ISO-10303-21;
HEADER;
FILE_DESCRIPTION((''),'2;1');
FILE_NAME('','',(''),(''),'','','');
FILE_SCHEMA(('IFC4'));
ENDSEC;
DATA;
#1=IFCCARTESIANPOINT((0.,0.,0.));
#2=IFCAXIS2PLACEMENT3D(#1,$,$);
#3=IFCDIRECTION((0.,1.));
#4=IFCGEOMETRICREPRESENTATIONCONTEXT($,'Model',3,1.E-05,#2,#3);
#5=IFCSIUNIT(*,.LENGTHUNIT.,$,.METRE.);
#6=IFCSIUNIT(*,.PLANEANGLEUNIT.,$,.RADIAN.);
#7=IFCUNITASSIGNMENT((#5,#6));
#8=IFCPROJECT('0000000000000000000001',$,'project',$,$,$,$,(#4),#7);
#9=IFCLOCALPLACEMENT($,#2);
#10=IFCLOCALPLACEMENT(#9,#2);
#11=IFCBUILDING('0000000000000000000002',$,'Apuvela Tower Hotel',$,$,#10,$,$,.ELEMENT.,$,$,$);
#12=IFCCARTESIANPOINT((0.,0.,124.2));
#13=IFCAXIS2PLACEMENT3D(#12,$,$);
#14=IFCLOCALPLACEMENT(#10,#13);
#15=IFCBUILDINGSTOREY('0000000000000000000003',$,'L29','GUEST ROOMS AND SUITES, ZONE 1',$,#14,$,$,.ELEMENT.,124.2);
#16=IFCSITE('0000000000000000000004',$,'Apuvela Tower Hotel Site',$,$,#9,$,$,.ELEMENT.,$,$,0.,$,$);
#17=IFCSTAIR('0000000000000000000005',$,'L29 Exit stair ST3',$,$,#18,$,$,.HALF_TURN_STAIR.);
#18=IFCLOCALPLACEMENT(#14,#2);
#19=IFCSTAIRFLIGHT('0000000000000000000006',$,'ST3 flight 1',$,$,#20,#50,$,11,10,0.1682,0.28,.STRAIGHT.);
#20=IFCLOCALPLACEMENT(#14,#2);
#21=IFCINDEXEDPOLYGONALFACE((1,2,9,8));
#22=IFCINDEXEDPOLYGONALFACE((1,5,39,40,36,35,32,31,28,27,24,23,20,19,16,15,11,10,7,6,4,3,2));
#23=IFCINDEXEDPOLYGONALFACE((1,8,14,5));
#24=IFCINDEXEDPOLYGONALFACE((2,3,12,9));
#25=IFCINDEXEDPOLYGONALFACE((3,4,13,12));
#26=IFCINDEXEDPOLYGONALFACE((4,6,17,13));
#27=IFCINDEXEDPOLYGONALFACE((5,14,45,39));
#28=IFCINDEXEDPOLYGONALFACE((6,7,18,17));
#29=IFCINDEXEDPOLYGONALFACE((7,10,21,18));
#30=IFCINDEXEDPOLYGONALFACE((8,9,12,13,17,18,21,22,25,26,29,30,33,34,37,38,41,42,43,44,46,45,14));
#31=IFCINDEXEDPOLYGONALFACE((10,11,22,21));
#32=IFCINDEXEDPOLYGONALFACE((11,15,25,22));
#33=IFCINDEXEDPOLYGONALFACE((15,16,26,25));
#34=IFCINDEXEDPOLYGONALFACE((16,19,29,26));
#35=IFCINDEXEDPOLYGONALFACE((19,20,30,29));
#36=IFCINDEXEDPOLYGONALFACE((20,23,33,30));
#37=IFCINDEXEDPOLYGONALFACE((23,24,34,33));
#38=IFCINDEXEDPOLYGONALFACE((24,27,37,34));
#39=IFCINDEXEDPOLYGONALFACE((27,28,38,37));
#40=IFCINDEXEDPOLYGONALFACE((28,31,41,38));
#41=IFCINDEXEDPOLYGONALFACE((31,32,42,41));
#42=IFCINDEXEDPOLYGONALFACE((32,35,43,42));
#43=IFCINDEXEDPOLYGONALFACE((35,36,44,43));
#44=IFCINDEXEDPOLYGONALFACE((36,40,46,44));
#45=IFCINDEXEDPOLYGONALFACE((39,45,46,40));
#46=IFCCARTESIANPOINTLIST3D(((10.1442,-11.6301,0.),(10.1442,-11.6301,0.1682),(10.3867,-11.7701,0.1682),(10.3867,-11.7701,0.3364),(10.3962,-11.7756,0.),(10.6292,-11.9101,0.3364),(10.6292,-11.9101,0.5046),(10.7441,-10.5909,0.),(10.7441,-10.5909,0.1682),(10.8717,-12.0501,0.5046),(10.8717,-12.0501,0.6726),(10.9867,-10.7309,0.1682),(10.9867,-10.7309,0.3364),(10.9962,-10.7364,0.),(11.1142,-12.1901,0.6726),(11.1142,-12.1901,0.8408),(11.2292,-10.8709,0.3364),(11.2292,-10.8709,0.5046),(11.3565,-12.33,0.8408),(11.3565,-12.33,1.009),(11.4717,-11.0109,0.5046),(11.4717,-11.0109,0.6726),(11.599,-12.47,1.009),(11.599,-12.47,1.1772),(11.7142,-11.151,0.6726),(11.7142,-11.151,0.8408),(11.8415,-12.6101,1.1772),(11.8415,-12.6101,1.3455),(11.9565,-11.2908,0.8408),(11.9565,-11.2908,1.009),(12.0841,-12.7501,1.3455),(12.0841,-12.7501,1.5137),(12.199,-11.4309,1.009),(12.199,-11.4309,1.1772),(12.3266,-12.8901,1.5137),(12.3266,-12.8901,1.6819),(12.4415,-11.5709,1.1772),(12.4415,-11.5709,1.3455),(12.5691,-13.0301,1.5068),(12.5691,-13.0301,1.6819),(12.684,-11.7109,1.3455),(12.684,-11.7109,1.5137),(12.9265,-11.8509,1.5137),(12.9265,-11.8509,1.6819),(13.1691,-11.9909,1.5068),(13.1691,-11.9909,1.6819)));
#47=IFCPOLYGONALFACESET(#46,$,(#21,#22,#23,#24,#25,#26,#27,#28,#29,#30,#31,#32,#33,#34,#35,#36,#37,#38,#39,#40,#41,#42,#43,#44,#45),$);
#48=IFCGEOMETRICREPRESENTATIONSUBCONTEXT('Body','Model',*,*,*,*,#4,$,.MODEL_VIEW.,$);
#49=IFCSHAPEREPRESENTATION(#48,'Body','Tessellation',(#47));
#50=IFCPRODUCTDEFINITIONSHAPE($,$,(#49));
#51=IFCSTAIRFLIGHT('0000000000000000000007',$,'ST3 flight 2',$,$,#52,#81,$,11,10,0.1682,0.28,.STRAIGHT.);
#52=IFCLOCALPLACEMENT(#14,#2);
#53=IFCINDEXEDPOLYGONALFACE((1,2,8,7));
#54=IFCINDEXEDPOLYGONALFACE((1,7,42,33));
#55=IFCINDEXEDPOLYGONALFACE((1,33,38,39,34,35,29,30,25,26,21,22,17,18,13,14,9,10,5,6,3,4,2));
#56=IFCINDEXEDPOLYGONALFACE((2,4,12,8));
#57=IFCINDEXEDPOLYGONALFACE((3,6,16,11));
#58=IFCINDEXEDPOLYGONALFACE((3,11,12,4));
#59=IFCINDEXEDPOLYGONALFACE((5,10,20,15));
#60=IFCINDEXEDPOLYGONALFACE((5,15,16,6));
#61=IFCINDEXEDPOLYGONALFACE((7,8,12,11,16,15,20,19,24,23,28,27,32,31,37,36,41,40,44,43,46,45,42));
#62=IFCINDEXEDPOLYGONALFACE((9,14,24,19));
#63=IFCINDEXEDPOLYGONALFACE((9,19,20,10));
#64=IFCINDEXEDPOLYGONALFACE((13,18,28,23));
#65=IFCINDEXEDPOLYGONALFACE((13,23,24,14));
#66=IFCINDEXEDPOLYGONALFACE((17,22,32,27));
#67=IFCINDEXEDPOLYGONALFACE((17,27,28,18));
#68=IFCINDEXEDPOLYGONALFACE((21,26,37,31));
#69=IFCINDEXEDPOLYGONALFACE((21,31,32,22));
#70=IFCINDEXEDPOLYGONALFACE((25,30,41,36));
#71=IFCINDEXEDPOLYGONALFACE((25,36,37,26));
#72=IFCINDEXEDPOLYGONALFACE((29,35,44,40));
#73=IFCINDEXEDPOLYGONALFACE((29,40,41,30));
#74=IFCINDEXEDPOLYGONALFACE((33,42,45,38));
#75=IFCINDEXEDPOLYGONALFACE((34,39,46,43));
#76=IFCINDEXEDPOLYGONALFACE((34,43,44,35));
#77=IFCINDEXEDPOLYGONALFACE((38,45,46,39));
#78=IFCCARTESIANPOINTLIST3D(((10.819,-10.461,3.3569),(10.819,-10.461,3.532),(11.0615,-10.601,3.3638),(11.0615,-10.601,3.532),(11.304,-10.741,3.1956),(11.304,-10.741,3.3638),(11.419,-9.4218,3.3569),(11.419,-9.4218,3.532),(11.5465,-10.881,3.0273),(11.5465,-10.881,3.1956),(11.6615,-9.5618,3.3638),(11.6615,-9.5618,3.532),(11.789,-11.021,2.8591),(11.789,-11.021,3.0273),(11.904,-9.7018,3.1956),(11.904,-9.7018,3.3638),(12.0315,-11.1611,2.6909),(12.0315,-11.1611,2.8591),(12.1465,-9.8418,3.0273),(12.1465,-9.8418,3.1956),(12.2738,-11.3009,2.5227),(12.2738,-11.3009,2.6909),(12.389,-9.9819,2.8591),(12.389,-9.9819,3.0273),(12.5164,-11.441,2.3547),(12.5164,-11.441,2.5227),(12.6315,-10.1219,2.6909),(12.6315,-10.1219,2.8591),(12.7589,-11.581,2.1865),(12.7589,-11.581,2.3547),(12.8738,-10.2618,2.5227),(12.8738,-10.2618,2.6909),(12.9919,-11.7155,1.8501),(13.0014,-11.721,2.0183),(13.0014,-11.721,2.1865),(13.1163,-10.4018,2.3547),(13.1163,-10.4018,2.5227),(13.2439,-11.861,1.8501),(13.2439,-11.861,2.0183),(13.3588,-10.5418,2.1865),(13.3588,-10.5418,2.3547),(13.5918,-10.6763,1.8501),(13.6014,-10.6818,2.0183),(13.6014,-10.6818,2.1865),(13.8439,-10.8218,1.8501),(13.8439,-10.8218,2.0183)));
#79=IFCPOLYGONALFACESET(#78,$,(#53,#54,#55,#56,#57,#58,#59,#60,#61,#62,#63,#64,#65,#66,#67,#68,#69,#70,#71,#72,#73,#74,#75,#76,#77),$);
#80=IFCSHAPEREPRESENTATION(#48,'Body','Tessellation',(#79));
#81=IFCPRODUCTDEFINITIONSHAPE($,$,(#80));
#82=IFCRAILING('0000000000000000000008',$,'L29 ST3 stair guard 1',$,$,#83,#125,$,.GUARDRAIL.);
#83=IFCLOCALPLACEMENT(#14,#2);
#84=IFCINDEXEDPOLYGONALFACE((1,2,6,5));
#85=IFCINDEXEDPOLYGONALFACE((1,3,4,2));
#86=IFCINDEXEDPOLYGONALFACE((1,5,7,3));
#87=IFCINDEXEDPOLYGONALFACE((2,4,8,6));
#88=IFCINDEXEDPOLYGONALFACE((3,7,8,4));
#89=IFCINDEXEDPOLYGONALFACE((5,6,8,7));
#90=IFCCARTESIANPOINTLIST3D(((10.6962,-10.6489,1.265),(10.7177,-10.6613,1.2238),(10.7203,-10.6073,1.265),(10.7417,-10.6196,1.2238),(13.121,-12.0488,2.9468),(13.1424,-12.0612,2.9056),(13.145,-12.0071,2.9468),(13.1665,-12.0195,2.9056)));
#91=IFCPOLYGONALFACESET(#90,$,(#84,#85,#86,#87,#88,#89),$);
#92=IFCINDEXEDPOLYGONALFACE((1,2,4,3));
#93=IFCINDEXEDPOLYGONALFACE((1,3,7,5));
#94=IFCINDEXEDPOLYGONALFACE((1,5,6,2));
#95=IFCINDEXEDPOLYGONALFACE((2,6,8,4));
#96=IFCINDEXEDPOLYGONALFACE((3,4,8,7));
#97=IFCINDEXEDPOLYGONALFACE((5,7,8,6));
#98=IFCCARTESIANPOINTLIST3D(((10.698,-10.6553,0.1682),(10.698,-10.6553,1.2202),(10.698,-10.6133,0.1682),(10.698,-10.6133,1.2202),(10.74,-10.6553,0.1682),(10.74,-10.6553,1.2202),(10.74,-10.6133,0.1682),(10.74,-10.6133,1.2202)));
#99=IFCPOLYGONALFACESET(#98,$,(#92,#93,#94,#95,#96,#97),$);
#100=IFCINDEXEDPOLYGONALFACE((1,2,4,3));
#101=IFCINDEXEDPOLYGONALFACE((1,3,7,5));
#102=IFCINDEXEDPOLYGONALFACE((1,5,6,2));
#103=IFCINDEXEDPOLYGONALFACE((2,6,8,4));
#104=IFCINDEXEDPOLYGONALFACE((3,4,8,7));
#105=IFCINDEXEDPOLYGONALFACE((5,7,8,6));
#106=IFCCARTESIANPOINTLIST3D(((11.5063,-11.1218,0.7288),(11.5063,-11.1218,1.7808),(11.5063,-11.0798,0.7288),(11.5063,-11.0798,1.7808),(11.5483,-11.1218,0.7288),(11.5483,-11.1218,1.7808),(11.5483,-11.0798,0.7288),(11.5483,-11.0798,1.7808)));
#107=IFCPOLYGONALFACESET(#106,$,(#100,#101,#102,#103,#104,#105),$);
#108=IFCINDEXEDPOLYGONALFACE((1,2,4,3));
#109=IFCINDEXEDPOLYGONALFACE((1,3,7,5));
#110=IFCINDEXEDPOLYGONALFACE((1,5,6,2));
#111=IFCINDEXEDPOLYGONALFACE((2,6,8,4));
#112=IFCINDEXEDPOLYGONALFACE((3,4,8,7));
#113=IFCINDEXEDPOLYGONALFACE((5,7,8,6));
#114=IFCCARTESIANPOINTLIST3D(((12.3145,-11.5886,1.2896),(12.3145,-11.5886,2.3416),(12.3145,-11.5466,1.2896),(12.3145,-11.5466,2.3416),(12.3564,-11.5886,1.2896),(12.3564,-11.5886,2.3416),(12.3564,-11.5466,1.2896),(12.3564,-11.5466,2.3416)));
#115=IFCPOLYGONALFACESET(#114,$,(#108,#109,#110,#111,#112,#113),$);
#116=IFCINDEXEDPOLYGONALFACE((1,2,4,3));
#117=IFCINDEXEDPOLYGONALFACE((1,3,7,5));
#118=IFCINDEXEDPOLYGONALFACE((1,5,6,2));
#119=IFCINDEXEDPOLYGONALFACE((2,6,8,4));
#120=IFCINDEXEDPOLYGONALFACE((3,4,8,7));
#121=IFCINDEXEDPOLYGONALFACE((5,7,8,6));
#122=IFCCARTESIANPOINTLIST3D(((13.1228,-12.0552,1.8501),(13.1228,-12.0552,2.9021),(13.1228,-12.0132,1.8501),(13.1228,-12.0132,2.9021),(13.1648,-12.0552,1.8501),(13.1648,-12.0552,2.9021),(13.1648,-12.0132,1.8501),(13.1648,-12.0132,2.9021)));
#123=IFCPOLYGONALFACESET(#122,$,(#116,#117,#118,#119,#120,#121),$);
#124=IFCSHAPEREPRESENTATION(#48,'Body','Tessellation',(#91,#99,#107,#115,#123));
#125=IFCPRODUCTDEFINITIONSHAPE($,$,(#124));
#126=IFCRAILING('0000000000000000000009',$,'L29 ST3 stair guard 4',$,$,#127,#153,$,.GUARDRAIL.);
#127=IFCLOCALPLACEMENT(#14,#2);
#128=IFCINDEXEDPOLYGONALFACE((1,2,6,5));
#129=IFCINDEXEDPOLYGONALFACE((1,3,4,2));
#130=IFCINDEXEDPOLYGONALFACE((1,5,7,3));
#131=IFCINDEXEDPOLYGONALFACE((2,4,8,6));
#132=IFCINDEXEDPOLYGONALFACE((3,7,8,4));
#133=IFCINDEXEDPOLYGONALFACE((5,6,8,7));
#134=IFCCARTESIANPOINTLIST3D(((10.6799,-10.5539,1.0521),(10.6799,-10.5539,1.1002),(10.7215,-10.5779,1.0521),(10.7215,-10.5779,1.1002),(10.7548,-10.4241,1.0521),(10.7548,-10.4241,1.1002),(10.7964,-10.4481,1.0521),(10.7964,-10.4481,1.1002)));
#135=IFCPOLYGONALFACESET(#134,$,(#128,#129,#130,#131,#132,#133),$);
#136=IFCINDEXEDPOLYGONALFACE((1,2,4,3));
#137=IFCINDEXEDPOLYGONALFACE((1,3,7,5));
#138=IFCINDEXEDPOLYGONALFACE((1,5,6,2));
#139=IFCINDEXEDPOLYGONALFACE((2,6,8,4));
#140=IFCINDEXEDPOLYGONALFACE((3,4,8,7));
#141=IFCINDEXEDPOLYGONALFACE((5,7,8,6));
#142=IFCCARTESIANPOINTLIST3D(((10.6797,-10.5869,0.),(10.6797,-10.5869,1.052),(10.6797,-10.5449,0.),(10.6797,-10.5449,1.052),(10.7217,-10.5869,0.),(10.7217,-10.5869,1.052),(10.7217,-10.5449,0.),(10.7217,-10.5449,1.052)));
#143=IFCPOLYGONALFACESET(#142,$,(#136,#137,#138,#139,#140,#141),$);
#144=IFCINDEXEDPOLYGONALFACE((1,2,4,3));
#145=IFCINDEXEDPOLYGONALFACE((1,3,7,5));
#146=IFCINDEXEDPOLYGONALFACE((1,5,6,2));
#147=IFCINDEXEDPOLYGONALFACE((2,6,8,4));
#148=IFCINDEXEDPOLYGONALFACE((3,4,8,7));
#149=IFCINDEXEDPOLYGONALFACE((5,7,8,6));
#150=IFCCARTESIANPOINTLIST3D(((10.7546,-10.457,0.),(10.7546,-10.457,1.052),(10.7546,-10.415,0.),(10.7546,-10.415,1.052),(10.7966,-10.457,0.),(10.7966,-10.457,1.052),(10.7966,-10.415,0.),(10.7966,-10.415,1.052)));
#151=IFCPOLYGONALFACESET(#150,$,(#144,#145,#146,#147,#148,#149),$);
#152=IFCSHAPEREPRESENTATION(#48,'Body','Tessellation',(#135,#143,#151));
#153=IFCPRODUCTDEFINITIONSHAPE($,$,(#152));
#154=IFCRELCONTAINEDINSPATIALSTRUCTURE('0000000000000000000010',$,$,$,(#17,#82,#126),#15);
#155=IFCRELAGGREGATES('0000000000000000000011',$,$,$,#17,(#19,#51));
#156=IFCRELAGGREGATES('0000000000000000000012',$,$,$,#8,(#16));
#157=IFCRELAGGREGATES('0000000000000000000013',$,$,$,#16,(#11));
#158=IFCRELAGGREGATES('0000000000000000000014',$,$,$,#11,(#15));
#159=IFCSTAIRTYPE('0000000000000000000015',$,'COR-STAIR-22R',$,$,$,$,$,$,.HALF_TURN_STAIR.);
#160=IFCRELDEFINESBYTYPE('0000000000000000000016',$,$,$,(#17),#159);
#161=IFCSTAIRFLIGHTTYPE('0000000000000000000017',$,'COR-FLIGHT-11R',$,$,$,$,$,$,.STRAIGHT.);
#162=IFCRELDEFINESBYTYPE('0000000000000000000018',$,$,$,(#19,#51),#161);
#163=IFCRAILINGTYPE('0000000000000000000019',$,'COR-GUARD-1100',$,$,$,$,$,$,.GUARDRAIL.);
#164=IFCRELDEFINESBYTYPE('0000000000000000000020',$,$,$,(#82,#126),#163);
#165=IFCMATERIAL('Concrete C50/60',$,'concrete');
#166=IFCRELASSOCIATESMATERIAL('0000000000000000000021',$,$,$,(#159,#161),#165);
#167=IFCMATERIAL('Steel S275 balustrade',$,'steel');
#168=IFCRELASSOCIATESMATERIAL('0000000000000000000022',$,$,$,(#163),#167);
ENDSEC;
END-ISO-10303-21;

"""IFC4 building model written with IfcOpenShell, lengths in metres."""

from ifc_helpers import new_model, si_unit, direction, frame, origin, origin_2d, place, context, subcontext, project, spatial, polyline, rectangle, outline, extrude, material, type_object, element, aggregate, save


model = new_model("IFC4")

# Units and contexts
model_context = context("Model", 3, precision=1e-05, world=origin(), true_north=direction((0.0, 1.0)))
body_context = subcontext(model_context, "Body", "Model", "MODEL_VIEW")
ifc_project = project(units=[si_unit("LENGTHUNIT", "METRE"), si_unit("PLANEANGLEUNIT", "RADIAN")], contexts=[model_context])

# Site, building, storey
site_placement = place(None, origin())
site = spatial("IfcSite", under=ifc_project, at=site_placement, Name="Apuvela Tower Hotel Site", CompositionType="ELEMENT", RefElevation=0.0)
building_placement = place(site_placement, origin())
building = spatial("IfcBuilding", under=site, at=building_placement, Name="Apuvela Tower Hotel", CompositionType="ELEMENT")
storey_placement = place(building_placement, frame((0.0, 0.0, 124.2)))
storey = spatial("IfcBuildingStorey", under=building, at=storey_placement, Name="L29", Description="GUEST ROOMS AND SUITES, ZONE 1", CompositionType="ELEMENT", Elevation=124.2)

# Shared definitions
ifc_material_1 = material(Name="Concrete C50/60", Category="concrete")

# Stair, stair flights
stair_type = type_object("IfcStairType", Name="COR-STAIR-22R", PredefinedType="HALF_TURN_STAIR", material=ifc_material_1)
stair_placement = place(storey_placement, origin())
stair = element("IfcStair", 1, at=stair_placement, inside=storey, type_object=stair_type, Name="L29 Exit stair ST3", PredefinedType="HALF_TURN_STAIR")
stair_flight_type = type_object("IfcStairFlightType", Name="COR-FLIGHT-11R", PredefinedType="STRAIGHT", material=ifc_material_1)
stair_flight_1_placement = place(storey_placement, frame((10.4441, -11.1106, 0.0), z_axis=(0.0, 0.0, 1.0), x_axis=(0.866025, -0.5, 0.0)))
stair_flight_1 = element("IfcStairFlight", 2, at=stair_flight_1_placement, type_object=stair_flight_type, Name="ST3 flight 1", NumberOfRisers=11, NumberOfTreads=10, PredefinedType="STRAIGHT", RiserHeight=0.1682, TreadLength=0.28, context=body_context, shape_type="SweptSolid", body=[
    extrude(outline(polyline([(0.0, 0.0), (0.0, 0.1682), (0.28, 0.1682), (0.28, 0.3364), (0.5601, 0.3364), (0.5601, 0.5046), (0.8401, 0.5046), (0.8401, 0.6726), (1.1201, 0.6726), (1.1201, 0.8408), (1.3999, 0.8408), (1.3999, 1.009), (1.6799, 1.009), (1.6799, 1.1772), (1.96, 1.1772), (1.96, 1.3455), (2.24, 1.3455), (2.24, 1.5137), (2.52, 1.5137), (2.52, 1.6819), (2.8, 1.6819), (2.8, 1.8501), (2.8, 1.5068), (0.291, 0.0), (0.0, 0.0)])), frame((0.0, 0.6001, 0.0), z_axis=(0.0, -1.0, 0.0), x_axis=(1.0, 0.0, 0.0)), (0.0, 0.0, 1.0), 1.2),
])
stair_flight_2_placement = place(storey_placement, frame((13.5439, -11.3413, 1.8501), z_axis=(0.0, 0.0, 1.0), x_axis=(-0.866025, 0.5, 0.0)))
stair_flight_2 = element("IfcStairFlight", 3, at=stair_flight_2_placement, type_object=stair_flight_type, Name="ST3 flight 2", NumberOfRisers=11, NumberOfTreads=10, PredefinedType="STRAIGHT", RiserHeight=0.1682, TreadLength=0.28, context=body_context, shape_type="SweptSolid", body=[
    extrude(outline(polyline([(0.0, 0.0), (0.0, 0.1682), (0.28, 0.1682), (0.28, 0.3364), (0.5601, 0.3364), (0.5601, 0.5046), (0.8401, 0.5046), (0.8401, 0.6726), (1.1201, 0.6726), (1.1201, 0.8408), (1.3999, 0.8408), (1.3999, 1.009), (1.6799, 1.009), (1.6799, 1.1772), (1.96, 1.1772), (1.96, 1.3455), (2.24, 1.3455), (2.24, 1.5137), (2.52, 1.5137), (2.52, 1.6819), (2.8, 1.6819), (2.8, 1.8501), (2.8, 1.5068), (0.291, 0.0), (0.0, 0.0)])), frame((0.0, 0.6001, 0.0), z_axis=(0.0, -1.0, 0.0), x_axis=(1.0, 0.0, 0.0)), (0.0, 0.0, 1.0), 1.2),
])
aggregate(stair, [stair_flight_1, stair_flight_2])

# Railings
ifc_material_2 = material(Name="Steel S275 balustrade", Category="steel")
railing_type_1 = type_object("IfcRailingType", Name="COR-GUARD-1100", PredefinedType="GUARDRAIL", material=ifc_material_2)
railing_1_placement = place(storey_placement, frame((10.719, -10.6343, 0.1682)))
element("IfcRailing", 4, at=railing_1_placement, inside=storey, type_object=railing_type_1, Name="L29 ST3 stair guard 1", PredefinedType="GUARDRAIL", context=body_context, shape_type="SweptSolid", body=[
    extrude(rectangle(XDim=0.0481, YDim=0.0481, at=origin_2d()), frame((0.0, 0.0, 1.0762), z_axis=(0.74239, -0.428601, 0.514934), x_axis=(0.499984, 0.866035, 0.0)), (0.0, 0.0, 1.0), 3.2661),
    extrude(rectangle(XDim=0.042, YDim=0.042, at=origin_2d()), origin(), (0.0, 0.0, 1.0), 1.052),
    extrude(rectangle(XDim=0.042, YDim=0.042, at=origin_2d()), frame((0.8083, -0.4666, 0.5605)), (0.0, 0.0, 1.0), 1.052),
    extrude(rectangle(XDim=0.042, YDim=0.042, at=origin_2d()), frame((1.6165, -0.9333, 1.1213)), (0.0, 0.0, 1.0), 1.052),
    extrude(rectangle(XDim=0.042, YDim=0.042, at=origin_2d()), frame((2.4248, -1.3999, 1.6819)), (0.0, 0.0, 1.0), 1.052),
])
railing_2_placement = place(storey_placement, frame((10.7007, -10.5659, 0.0)))
element("IfcRailing", 5, at=railing_2_placement, inside=storey, type_object=railing_type_1, Name="L29 ST3 stair guard 4", PredefinedType="GUARDRAIL", context=body_context, shape_type="SweptSolid", body=[
    extrude(rectangle(XDim=0.0481, YDim=0.0481, at=origin_2d()), frame((0.0, 0.0, 1.0762), z_axis=(0.499816, 0.866131, 0.0), x_axis=(-0.866131, 0.499816, 0.0)), (0.0, 0.0, 1.0), 0.1499),
    extrude(rectangle(XDim=0.042, YDim=0.042, at=origin_2d()), origin(), (0.0, 0.0, 1.0), 1.052),
    extrude(rectangle(XDim=0.042, YDim=0.042, at=origin_2d()), frame((0.075, 0.1299, 0.0)), (0.0, 0.0, 1.0), 1.052),
])

save(model, "model.ifc")
